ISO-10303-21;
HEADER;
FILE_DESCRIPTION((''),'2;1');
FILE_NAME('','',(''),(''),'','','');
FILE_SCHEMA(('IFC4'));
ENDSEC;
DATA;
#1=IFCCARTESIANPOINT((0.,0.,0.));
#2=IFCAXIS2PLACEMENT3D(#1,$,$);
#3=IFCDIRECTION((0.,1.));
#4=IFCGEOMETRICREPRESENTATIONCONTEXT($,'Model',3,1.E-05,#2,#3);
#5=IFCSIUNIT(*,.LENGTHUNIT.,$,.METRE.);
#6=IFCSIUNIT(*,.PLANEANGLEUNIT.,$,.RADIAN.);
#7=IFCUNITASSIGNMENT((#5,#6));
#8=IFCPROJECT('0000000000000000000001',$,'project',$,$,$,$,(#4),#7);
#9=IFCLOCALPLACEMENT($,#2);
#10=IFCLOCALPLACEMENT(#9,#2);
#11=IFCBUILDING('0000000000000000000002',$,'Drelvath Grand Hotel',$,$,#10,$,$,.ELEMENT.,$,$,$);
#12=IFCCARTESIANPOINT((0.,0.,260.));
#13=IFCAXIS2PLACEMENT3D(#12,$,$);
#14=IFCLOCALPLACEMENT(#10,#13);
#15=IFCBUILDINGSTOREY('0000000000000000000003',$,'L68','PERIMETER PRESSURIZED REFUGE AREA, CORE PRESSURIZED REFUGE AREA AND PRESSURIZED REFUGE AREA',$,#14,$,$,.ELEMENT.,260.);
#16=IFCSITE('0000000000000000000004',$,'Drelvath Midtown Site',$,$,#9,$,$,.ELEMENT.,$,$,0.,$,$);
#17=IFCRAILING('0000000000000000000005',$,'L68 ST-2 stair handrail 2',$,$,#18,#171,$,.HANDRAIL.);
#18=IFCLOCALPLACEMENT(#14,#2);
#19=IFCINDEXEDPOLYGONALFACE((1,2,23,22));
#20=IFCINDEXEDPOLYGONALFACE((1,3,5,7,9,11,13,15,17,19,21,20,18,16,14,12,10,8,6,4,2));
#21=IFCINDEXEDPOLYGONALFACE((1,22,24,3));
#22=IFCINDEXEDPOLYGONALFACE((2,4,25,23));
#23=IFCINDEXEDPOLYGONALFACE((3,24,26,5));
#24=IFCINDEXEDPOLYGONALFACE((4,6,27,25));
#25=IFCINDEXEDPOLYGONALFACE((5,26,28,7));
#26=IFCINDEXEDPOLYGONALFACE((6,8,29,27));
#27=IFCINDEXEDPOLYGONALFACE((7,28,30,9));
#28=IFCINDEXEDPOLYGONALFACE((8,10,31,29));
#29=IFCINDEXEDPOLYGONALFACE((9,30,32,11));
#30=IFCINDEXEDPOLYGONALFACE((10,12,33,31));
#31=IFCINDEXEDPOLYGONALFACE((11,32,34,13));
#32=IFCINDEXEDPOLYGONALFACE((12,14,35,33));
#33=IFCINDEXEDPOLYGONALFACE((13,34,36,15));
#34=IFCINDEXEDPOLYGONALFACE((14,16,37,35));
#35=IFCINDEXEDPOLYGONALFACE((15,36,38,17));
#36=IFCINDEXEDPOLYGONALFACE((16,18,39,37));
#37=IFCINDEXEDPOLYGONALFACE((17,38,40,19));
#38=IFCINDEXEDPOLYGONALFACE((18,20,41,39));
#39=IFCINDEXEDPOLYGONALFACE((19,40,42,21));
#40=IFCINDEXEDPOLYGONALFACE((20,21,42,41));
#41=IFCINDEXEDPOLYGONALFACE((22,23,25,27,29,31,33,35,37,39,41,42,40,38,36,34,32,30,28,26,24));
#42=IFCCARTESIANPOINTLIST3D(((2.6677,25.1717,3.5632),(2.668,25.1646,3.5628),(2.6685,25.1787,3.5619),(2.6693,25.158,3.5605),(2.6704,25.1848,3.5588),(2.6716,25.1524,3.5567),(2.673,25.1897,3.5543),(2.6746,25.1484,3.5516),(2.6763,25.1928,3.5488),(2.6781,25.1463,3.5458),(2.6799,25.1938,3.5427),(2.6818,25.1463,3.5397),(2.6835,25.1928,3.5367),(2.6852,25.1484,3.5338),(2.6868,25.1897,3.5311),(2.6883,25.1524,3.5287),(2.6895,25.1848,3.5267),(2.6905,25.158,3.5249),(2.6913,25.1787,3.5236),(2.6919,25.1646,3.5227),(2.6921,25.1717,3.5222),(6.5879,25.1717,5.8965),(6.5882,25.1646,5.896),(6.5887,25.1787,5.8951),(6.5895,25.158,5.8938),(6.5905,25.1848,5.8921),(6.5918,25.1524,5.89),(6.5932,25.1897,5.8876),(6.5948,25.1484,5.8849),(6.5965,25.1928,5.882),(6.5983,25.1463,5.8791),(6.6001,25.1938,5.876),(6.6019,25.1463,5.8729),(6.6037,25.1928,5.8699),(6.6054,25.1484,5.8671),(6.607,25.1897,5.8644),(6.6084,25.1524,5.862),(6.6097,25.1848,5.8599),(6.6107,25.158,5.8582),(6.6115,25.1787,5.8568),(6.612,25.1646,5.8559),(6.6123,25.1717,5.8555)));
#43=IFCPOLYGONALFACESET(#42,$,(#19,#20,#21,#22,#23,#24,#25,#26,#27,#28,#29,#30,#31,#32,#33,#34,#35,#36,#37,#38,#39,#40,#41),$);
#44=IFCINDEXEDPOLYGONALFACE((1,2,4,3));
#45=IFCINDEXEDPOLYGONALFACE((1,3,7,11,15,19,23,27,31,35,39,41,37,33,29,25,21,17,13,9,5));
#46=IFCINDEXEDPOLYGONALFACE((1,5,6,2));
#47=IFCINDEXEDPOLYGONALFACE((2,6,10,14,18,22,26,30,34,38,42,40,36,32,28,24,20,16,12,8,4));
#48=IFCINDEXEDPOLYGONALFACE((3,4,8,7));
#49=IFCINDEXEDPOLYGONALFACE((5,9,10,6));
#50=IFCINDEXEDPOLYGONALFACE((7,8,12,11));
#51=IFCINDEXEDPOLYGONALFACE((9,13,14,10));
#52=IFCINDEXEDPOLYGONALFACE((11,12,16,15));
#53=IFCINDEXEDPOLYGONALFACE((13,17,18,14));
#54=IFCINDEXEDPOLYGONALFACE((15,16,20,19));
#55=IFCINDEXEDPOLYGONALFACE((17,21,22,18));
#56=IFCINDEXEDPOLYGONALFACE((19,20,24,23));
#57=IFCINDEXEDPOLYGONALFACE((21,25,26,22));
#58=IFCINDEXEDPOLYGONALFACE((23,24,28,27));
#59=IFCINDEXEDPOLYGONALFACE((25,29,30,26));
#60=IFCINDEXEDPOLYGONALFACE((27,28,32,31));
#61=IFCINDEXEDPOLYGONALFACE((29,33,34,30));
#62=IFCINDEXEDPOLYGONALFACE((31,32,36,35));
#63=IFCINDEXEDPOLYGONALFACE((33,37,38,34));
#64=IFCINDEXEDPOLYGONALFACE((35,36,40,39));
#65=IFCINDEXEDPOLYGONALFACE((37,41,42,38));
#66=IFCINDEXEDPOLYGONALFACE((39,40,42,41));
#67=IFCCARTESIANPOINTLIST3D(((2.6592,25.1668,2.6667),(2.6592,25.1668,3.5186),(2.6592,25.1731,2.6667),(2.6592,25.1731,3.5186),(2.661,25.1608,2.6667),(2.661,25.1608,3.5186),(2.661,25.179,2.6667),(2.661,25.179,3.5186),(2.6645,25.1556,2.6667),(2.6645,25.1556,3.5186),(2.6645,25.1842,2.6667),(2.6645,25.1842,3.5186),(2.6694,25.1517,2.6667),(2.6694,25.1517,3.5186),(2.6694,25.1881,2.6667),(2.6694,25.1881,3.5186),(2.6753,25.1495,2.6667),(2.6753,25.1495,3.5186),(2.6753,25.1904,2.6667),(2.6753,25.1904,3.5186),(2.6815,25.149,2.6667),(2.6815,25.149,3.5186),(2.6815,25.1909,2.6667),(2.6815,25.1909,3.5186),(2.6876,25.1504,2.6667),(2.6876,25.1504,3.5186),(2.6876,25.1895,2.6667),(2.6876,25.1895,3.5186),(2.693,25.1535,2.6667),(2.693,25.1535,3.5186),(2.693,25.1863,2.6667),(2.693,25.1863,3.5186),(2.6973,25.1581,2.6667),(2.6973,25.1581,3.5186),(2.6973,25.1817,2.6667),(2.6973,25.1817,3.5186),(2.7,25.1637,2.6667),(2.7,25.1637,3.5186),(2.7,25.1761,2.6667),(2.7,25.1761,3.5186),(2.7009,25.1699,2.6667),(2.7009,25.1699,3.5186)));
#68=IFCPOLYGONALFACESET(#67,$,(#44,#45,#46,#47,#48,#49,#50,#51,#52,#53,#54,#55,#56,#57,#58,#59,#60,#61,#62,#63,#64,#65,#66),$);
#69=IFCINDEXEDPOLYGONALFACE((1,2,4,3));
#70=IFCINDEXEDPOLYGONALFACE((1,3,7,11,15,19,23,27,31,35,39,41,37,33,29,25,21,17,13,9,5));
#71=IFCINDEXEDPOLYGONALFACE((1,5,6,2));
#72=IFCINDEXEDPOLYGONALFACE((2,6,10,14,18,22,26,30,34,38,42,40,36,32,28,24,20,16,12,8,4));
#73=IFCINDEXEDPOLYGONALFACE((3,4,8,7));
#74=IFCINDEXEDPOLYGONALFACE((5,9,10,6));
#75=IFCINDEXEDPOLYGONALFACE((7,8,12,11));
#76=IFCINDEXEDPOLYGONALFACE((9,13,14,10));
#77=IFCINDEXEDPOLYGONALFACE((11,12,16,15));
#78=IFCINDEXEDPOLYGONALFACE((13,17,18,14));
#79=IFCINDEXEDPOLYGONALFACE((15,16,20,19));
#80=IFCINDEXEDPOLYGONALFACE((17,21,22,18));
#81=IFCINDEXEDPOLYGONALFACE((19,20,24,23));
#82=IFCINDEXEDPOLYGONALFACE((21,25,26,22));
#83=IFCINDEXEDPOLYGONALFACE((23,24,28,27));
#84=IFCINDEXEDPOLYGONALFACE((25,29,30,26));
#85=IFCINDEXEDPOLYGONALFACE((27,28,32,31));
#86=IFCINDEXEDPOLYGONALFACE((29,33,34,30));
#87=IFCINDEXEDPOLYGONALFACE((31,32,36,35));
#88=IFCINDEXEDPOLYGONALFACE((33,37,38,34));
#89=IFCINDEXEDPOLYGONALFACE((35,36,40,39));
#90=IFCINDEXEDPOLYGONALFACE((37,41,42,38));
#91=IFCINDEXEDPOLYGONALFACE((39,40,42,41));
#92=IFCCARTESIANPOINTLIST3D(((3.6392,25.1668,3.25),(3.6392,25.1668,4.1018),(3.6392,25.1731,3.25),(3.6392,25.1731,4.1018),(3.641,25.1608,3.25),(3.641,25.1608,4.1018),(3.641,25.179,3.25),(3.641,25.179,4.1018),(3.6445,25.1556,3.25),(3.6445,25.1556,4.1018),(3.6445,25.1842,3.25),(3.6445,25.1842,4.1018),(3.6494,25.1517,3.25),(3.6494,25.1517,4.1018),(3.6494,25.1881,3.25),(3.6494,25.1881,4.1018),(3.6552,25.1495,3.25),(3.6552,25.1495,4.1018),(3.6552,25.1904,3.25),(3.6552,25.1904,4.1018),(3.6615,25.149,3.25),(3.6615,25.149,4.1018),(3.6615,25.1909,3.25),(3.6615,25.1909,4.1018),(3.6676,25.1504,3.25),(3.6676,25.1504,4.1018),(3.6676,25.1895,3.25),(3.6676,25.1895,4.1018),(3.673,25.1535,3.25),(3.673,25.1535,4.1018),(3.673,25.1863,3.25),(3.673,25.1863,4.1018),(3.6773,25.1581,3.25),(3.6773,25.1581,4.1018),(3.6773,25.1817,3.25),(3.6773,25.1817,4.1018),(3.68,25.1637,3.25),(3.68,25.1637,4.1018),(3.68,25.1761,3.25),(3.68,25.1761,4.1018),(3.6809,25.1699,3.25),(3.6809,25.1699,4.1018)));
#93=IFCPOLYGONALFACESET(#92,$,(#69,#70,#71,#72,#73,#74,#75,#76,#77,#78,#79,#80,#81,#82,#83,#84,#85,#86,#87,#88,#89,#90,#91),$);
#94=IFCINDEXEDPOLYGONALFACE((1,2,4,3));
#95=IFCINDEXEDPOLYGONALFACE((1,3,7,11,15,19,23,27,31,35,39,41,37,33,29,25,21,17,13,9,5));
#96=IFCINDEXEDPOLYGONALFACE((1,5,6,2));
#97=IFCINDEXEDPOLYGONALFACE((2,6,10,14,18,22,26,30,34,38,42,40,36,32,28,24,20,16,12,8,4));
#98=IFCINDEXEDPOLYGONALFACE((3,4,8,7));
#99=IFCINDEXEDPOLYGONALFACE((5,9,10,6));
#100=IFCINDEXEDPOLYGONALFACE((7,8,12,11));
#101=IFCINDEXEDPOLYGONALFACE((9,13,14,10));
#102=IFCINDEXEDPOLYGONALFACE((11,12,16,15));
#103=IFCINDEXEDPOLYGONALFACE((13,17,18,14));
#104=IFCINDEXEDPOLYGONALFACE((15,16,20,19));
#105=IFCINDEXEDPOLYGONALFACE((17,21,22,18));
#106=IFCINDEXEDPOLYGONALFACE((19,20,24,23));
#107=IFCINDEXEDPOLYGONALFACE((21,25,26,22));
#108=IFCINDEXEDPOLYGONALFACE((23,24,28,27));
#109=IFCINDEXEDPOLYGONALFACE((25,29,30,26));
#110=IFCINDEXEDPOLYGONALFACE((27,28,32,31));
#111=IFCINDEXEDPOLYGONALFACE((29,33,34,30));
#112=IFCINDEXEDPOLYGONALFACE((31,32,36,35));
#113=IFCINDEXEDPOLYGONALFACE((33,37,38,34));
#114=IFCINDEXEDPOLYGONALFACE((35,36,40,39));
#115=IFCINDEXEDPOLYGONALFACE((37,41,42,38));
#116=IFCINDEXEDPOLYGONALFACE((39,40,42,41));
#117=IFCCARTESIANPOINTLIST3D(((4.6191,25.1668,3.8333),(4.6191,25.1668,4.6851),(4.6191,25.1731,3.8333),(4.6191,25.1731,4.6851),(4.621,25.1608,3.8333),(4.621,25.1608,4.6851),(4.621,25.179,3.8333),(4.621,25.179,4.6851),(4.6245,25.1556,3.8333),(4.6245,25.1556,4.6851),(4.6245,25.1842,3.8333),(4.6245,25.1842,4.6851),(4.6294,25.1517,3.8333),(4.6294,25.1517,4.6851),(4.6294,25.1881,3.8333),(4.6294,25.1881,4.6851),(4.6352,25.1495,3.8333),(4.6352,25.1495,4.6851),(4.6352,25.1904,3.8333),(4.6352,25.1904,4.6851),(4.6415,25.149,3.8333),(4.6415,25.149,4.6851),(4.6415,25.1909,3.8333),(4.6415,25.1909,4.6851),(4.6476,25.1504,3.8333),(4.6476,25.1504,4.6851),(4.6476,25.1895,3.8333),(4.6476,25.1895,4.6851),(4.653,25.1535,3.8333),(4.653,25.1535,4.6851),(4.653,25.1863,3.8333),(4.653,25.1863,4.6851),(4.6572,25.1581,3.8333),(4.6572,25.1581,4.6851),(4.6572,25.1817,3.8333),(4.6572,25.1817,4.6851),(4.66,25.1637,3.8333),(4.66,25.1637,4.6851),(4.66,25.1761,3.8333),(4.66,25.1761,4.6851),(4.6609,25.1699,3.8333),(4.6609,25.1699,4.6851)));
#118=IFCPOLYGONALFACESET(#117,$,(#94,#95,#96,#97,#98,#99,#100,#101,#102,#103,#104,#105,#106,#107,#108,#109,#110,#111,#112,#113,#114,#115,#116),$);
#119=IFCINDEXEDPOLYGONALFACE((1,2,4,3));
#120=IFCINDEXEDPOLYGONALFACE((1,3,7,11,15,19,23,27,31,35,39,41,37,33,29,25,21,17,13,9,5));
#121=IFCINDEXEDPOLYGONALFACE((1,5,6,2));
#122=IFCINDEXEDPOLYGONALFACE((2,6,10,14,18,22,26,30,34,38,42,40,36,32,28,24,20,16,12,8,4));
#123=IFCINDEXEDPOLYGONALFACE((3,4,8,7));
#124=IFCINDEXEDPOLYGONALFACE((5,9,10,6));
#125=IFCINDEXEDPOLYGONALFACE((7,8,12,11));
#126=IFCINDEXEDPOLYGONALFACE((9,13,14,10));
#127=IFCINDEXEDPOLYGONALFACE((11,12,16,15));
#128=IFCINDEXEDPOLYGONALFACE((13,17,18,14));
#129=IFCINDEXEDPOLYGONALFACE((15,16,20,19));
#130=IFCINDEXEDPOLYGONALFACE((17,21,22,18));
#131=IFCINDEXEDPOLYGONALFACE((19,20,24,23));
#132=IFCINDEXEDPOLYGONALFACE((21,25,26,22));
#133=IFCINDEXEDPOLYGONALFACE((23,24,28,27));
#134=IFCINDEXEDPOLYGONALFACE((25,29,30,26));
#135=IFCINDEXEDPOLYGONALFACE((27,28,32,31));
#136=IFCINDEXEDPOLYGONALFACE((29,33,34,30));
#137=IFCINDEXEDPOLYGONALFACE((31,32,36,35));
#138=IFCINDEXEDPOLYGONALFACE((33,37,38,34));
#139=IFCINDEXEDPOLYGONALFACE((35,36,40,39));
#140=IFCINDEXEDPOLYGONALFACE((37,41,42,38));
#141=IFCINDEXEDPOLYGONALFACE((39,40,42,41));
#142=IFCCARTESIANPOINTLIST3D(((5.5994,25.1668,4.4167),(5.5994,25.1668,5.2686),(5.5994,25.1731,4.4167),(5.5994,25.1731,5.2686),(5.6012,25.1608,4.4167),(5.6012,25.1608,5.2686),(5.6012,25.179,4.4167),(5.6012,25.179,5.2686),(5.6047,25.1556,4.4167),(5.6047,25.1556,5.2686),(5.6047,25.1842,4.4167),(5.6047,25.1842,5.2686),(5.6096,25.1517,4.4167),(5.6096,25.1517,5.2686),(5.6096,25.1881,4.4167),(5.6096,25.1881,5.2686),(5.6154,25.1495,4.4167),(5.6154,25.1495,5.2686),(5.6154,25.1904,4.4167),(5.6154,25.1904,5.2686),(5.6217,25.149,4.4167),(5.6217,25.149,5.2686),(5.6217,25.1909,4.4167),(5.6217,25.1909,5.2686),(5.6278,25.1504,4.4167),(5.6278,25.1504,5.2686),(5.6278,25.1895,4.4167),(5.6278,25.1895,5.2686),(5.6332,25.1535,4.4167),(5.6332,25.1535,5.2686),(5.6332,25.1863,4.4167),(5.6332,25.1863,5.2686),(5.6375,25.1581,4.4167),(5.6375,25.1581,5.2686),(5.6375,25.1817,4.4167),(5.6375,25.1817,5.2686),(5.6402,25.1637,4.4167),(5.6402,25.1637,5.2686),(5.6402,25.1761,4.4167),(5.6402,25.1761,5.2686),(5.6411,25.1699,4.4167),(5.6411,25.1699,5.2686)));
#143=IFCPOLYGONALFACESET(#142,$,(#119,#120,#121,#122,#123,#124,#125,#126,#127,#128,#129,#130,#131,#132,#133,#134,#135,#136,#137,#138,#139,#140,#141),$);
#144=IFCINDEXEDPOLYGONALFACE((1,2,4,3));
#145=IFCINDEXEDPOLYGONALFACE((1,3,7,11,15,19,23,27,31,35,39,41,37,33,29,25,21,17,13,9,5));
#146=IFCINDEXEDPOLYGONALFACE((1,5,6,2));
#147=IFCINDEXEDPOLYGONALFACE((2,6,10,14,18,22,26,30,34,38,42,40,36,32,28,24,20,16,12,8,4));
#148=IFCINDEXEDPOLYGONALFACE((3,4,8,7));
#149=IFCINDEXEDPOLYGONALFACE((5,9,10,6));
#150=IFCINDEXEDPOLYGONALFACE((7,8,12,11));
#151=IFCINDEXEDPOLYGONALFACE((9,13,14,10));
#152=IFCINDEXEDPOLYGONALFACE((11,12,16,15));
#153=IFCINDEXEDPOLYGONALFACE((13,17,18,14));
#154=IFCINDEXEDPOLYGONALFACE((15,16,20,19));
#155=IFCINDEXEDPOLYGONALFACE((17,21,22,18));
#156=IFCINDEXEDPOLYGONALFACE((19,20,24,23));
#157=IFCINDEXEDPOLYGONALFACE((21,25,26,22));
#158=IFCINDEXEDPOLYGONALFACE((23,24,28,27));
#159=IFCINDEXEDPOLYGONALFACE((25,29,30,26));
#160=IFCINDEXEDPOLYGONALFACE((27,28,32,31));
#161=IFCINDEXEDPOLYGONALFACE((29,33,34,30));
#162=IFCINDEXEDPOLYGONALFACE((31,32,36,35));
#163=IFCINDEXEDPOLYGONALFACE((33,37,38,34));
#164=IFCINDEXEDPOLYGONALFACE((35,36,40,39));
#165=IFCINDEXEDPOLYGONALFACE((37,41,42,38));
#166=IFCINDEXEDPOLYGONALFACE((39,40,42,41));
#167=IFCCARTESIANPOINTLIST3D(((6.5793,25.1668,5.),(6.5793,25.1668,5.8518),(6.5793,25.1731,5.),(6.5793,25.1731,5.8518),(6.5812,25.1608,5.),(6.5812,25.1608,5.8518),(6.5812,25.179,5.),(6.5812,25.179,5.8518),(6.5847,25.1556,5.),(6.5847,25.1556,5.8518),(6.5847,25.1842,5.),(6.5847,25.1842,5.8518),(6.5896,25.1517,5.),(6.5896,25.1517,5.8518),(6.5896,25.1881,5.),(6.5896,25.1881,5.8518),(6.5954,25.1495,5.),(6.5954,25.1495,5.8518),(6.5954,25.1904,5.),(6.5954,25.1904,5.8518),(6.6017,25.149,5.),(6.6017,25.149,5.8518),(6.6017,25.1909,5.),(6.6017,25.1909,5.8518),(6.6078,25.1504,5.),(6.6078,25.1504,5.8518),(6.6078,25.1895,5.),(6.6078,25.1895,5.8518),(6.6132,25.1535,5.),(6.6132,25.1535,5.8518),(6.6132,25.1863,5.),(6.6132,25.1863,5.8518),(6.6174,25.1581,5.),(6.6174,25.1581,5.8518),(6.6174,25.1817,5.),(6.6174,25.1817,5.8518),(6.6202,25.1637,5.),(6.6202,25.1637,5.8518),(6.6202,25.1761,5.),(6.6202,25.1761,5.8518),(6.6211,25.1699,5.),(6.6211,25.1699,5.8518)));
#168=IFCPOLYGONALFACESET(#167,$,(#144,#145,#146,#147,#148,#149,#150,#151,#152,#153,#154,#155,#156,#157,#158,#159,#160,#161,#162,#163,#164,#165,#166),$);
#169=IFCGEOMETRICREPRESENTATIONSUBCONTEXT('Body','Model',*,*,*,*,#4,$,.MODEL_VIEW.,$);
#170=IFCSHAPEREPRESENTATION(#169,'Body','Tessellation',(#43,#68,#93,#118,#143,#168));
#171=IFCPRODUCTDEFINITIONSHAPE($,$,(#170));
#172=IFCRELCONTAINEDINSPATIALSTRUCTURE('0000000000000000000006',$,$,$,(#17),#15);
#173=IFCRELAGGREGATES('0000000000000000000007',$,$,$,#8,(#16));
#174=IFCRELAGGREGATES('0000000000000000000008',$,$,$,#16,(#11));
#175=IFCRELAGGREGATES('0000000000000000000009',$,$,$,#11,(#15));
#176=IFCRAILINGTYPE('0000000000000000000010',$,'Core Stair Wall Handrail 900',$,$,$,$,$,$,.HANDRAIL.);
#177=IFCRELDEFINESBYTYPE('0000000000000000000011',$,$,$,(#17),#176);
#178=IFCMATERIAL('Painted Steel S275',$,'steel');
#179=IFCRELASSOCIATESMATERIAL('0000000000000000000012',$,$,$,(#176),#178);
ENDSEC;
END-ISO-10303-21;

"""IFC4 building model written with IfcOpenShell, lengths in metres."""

from ifc_helpers import new_model, si_unit, direction, frame, origin, origin_2d, place, context, subcontext, project, spatial, circle, extrude, material, type_object, element, save


model = new_model("IFC4")

# Units and contexts
model_context = context("Model", 3, precision=1e-05, world=origin(), true_north=direction((0.0, 1.0)))
body_context = subcontext(model_context, "Body", "Model", "MODEL_VIEW")
ifc_project = project(units=[si_unit("LENGTHUNIT", "METRE"), si_unit("PLANEANGLEUNIT", "RADIAN")], contexts=[model_context])

# Site, building, storey
site_placement = place(None, origin())
site = spatial("IfcSite", under=ifc_project, at=site_placement, Name="Drelvath Midtown Site", CompositionType="ELEMENT", RefElevation=0.0)
building_placement = place(site_placement, origin())
building = spatial("IfcBuilding", under=site, at=building_placement, Name="Drelvath Grand Hotel", CompositionType="ELEMENT")
storey_placement = place(building_placement, frame((0.0, 0.0, 260.0)))
storey = spatial("IfcBuildingStorey", under=building, at=storey_placement, Name="L68", Description="PERIMETER PRESSURIZED REFUGE AREA, CORE PRESSURIZED REFUGE AREA AND PRESSURIZED REFUGE AREA", CompositionType="ELEMENT", Elevation=260.0)

# Shared definitions
ifc_material_1 = material(Name="Painted Steel S275", Category="steel")

# Railing
railing_type_1 = type_object("IfcRailingType", Name="Core Stair Wall Handrail 900", PredefinedType="HANDRAIL", material=ifc_material_1)
railing_1_placement = place(storey_placement, frame((2.6799, 25.1699, 2.6667)))
element("IfcRailing", 1, at=railing_1_placement, inside=storey, type_object=railing_type_1, Name="L68 ST-2 stair handrail 2", PredefinedType="HANDRAIL", context=body_context, shape_type="SweptSolid", body=[
    extrude(circle(Radius=0.0239, at=origin_2d()), frame((0.0, 0.0, 0.876), z_axis=(0.85931, 0.0, 0.511455), x_axis=(0.0, 1.0, 0.0)), (0.0, 0.0, 1.0), 4.562),
    extrude(circle(Radius=0.021, at=origin_2d()), origin(), (0.0, 0.0, 1.0), 0.8518),
    extrude(circle(Radius=0.021, at=origin_2d()), frame((0.98, 0.0, 0.5833)), (0.0, 0.0, 1.0), 0.8518),
    extrude(circle(Radius=0.021, at=origin_2d()), frame((1.96, 0.0, 1.1665)), (0.0, 0.0, 1.0), 0.8518),
    extrude(circle(Radius=0.021, at=origin_2d()), frame((2.9402, 0.0, 1.75)), (0.0, 0.0, 1.0), 0.8518),
    extrude(circle(Radius=0.021, at=origin_2d()), frame((3.9202, 0.0, 2.3333)), (0.0, 0.0, 1.0), 0.8518),
])

save(model, "model.ifc")
